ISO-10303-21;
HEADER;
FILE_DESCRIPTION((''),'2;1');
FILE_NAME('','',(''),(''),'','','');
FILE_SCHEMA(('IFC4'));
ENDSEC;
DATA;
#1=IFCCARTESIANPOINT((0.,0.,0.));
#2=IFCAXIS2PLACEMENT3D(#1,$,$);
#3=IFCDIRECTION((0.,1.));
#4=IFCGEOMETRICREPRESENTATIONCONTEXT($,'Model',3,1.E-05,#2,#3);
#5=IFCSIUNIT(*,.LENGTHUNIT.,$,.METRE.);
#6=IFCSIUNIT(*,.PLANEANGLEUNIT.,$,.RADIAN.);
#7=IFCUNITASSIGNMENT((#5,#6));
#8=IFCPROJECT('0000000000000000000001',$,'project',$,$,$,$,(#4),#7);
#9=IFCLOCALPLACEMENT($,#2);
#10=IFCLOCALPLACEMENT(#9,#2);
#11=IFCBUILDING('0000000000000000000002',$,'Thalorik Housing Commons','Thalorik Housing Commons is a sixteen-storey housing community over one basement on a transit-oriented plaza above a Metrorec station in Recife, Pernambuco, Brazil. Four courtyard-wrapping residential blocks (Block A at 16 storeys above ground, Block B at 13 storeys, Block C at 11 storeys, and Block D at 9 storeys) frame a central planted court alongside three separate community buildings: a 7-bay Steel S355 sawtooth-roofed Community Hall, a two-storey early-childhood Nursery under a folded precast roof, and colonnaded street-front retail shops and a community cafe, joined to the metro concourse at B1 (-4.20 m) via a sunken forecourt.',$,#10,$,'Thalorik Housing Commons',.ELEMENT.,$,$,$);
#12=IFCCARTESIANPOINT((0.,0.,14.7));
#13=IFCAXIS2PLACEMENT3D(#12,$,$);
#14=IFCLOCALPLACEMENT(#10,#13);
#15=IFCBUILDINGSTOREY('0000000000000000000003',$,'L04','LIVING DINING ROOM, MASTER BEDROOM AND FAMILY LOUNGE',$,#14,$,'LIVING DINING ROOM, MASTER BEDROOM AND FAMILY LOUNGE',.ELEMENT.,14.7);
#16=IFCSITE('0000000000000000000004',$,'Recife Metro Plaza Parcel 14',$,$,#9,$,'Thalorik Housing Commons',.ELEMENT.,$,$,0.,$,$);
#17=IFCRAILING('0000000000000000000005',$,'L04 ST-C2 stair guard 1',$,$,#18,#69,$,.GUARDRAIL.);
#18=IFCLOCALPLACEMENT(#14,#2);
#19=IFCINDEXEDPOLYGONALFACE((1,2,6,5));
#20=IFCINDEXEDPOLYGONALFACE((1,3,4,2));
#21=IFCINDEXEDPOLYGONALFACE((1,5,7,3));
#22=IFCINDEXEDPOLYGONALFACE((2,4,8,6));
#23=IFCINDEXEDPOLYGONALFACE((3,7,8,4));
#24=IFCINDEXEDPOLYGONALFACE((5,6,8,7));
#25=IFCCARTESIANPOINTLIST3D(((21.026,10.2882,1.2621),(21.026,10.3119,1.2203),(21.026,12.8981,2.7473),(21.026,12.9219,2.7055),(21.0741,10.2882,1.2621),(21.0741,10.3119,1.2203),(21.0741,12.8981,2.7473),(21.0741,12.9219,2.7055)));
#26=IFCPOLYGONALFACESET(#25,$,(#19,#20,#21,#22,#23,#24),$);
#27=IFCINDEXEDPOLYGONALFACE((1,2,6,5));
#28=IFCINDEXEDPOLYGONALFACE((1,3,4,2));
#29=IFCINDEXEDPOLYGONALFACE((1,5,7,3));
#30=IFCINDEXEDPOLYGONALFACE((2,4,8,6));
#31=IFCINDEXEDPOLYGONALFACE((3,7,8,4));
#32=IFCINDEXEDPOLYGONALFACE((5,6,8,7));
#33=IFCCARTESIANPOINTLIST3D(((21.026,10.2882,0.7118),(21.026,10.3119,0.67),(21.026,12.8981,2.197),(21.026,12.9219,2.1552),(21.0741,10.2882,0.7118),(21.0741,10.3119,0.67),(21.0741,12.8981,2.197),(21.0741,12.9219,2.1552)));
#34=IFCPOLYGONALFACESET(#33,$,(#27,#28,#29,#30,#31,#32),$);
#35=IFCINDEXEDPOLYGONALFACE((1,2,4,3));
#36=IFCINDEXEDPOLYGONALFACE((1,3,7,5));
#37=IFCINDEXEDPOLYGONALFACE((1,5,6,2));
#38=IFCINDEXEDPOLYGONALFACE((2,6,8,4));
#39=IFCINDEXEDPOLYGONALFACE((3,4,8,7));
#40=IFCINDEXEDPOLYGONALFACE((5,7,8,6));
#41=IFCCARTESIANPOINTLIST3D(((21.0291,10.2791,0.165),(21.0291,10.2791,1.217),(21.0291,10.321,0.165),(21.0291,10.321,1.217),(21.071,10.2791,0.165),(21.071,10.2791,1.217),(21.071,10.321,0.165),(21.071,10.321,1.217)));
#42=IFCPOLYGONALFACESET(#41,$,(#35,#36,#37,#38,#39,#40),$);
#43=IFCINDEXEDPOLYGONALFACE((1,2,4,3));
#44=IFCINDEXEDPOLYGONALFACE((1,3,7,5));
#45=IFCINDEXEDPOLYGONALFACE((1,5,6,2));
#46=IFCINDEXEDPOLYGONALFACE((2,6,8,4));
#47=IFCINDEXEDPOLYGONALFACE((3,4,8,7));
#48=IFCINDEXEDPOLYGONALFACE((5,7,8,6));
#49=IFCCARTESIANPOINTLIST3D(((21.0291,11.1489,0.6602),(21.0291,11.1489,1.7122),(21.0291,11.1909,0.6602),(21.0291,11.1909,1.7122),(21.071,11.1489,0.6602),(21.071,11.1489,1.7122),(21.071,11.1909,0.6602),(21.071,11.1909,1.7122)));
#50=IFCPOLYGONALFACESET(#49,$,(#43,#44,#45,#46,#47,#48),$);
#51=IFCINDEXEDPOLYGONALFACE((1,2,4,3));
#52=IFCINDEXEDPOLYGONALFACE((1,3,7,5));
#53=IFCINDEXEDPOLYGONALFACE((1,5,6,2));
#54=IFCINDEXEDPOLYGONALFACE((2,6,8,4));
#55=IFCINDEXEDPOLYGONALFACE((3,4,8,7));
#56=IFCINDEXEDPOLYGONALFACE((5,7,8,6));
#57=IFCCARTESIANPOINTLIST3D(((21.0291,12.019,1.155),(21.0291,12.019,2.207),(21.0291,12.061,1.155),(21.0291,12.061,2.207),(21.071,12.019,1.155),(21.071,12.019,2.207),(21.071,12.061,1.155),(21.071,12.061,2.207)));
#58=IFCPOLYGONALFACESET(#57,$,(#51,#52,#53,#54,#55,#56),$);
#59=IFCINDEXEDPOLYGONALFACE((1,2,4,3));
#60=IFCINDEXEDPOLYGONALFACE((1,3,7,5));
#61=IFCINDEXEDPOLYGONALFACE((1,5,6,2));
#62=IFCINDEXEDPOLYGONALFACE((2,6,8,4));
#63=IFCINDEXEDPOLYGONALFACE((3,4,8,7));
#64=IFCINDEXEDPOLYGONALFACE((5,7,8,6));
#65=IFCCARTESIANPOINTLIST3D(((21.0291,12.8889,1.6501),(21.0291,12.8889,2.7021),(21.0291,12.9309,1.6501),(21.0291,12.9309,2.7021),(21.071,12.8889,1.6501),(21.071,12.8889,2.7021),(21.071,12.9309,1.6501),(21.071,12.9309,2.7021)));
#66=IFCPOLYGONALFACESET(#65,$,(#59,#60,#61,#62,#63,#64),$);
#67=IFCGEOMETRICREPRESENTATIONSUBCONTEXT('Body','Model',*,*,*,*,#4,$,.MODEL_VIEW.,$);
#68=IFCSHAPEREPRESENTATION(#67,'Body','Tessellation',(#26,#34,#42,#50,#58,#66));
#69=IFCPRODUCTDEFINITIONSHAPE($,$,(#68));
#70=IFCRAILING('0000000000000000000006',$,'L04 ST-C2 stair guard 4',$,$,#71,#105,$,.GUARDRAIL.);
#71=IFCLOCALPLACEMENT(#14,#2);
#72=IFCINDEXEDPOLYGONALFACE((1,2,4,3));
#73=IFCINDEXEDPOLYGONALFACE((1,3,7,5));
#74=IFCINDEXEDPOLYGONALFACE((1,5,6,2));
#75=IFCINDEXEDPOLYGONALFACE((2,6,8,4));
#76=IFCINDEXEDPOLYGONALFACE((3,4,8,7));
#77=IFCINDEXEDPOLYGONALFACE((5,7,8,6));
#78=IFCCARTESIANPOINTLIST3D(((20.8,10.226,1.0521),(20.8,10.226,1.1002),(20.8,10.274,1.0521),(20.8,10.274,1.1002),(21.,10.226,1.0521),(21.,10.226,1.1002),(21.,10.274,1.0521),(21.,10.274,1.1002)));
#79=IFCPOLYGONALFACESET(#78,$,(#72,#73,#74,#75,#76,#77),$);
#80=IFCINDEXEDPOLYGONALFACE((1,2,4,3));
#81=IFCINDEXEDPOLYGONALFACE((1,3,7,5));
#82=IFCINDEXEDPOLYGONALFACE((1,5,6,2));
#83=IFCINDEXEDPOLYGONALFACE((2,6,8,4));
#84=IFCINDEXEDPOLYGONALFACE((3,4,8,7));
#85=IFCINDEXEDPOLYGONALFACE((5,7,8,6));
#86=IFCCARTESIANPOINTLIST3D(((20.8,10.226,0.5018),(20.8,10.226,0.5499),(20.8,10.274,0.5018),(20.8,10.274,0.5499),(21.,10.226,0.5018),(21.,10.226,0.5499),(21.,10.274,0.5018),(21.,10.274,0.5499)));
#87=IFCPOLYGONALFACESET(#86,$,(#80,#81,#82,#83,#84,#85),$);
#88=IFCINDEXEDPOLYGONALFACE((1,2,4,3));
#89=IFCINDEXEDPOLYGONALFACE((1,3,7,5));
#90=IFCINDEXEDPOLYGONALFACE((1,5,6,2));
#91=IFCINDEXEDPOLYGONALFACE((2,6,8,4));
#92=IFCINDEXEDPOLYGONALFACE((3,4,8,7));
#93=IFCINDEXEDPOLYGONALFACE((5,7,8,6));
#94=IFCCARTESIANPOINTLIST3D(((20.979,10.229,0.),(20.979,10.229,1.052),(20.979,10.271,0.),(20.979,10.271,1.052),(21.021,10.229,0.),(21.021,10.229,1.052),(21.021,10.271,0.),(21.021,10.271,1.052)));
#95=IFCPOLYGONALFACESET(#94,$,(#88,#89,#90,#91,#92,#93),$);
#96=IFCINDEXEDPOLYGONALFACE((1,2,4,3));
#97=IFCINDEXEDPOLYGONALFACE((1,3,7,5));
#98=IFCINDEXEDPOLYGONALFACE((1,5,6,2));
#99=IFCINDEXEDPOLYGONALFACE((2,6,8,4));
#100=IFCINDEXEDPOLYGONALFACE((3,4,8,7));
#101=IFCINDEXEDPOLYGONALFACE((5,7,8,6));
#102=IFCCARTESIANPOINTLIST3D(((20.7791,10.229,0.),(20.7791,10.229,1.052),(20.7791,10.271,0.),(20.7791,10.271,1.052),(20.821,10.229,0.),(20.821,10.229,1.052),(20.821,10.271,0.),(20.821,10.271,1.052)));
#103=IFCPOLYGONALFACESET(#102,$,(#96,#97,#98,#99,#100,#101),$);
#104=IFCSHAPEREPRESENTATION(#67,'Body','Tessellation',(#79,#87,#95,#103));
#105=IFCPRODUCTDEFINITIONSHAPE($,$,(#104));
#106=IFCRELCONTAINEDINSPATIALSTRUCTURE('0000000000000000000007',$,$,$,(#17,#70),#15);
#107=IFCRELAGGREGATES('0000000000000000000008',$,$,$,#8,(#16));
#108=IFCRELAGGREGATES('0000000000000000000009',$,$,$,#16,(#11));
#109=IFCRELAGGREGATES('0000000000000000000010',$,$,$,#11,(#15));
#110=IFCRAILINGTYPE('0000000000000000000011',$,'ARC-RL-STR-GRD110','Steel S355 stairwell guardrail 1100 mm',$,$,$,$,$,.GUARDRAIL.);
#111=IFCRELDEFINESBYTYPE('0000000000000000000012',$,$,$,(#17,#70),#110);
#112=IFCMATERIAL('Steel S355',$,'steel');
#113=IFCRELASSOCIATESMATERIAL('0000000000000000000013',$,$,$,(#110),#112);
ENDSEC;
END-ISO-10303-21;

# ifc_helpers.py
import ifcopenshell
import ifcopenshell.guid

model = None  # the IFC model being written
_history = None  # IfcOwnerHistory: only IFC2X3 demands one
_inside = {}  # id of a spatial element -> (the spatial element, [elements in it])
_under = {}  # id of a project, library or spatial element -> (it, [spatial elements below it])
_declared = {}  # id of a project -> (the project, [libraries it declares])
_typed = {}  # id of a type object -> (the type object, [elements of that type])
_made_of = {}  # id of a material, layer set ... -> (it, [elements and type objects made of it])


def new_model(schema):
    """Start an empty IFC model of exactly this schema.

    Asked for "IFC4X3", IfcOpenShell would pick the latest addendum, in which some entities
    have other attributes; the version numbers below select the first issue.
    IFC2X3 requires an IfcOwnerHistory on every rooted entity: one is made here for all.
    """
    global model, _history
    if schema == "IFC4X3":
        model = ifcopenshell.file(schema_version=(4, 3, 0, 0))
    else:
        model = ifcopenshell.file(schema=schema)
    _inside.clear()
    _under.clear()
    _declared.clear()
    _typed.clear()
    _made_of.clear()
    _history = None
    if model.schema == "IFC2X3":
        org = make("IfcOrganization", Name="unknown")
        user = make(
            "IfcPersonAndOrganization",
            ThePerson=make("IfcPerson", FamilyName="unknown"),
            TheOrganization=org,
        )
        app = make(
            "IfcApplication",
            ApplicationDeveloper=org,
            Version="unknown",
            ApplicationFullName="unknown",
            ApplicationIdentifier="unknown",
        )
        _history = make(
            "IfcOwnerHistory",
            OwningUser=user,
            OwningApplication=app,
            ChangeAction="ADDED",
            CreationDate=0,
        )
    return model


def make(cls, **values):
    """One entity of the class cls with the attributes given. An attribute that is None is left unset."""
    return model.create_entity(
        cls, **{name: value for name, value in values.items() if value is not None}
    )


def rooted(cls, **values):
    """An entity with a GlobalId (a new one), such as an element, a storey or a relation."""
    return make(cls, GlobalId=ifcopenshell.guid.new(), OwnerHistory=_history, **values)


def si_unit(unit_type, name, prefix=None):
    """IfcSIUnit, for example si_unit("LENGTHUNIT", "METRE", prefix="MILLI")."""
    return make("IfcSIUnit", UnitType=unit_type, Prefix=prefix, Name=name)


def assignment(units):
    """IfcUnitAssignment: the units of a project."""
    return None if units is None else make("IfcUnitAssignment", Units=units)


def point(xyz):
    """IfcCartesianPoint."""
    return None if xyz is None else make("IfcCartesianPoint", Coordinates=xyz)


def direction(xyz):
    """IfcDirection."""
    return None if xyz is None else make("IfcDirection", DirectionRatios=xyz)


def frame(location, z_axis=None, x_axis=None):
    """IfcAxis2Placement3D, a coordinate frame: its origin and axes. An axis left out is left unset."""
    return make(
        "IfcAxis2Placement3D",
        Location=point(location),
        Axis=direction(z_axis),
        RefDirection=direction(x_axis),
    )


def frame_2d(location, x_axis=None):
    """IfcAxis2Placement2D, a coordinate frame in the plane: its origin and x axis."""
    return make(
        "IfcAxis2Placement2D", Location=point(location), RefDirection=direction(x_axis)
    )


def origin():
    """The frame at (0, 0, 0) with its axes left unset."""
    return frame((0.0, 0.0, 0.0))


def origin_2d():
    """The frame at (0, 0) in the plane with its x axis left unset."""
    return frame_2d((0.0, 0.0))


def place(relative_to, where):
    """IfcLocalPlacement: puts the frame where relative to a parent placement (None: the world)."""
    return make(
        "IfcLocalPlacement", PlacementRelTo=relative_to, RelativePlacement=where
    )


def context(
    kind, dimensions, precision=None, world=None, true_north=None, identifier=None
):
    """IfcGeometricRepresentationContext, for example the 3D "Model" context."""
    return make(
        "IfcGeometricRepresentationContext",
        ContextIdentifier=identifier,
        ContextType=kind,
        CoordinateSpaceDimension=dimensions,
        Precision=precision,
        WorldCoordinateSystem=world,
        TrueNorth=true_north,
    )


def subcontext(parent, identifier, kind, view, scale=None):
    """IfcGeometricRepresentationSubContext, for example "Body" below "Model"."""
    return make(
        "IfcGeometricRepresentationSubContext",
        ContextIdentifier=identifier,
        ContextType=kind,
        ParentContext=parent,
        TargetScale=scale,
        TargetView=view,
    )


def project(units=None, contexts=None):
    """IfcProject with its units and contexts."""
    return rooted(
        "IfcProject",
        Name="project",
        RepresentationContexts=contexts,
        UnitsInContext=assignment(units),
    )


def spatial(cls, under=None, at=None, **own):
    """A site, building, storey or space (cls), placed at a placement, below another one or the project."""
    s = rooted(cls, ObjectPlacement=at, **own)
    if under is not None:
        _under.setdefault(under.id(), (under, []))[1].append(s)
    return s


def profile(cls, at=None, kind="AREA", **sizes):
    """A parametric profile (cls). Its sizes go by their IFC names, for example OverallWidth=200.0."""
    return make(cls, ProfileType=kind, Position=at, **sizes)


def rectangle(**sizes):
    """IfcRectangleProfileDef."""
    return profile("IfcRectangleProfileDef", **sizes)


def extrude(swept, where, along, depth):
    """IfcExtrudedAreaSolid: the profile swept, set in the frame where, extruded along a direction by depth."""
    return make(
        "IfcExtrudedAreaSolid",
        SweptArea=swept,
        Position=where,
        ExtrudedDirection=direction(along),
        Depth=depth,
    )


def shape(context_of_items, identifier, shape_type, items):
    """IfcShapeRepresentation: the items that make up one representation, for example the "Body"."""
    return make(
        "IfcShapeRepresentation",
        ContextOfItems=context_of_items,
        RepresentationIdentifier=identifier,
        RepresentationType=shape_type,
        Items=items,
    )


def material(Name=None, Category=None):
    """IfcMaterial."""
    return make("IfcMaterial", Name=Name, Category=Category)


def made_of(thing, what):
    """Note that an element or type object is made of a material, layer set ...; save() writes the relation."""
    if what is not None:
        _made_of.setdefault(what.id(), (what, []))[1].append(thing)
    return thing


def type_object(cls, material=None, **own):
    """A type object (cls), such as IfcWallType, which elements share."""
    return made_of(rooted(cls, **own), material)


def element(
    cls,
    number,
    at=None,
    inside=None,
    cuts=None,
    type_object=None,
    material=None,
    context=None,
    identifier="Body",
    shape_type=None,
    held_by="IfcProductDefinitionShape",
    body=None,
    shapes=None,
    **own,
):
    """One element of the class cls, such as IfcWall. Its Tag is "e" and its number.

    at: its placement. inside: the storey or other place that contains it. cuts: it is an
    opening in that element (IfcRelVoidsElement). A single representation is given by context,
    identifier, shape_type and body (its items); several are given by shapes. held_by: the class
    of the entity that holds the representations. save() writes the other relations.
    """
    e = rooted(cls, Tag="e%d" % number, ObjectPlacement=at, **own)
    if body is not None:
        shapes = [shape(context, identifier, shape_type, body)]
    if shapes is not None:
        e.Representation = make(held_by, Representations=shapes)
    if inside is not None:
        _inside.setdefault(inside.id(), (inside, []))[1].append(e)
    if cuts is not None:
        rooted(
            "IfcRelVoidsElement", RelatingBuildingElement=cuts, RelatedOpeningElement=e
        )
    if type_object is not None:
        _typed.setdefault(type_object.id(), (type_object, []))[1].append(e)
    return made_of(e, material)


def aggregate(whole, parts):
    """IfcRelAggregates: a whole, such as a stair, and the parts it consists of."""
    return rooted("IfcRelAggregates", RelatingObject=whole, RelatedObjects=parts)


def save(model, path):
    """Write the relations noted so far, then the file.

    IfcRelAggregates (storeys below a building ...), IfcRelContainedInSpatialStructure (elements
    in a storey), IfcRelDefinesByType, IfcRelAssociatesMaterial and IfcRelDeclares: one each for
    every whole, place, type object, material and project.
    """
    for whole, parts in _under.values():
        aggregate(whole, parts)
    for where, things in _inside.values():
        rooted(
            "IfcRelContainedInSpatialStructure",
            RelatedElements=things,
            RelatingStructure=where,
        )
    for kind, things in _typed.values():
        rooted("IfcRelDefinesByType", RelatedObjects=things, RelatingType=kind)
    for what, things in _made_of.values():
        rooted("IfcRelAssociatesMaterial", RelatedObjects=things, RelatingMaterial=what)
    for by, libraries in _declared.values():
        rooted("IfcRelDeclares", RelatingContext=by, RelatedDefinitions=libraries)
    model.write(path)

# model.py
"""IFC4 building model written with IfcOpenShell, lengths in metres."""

from ifc_helpers import new_model, si_unit, direction, frame, origin, origin_2d, place, context, subcontext, project, spatial, rectangle, extrude, material, type_object, element, save


model = new_model("IFC4")

# Units and contexts
model_context = context("Model", 3, precision=1e-05, world=origin(), true_north=direction((0.0, 1.0)))
body_context = subcontext(model_context, "Body", "Model", "MODEL_VIEW")
ifc_project = project(units=[si_unit("LENGTHUNIT", "METRE"), si_unit("PLANEANGLEUNIT", "RADIAN")], contexts=[model_context])

# Site, building, storey
site_placement = place(None, origin())
site = spatial("IfcSite", under=ifc_project, at=site_placement, Name="Recife Metro Plaza Parcel 14", LongName="Thalorik Housing Commons", CompositionType="ELEMENT", RefElevation=0.0)
building_placement = place(site_placement, origin())
building = spatial("IfcBuilding", under=site, at=building_placement, Name="Thalorik Housing Commons", Description="Thalorik Housing Commons is a sixteen-storey housing community over one basement on a transit-oriented plaza above a Metrorec station in Recife, Pernambuco, Brazil. Four courtyard-wrapping residential blocks (Block A at 16 storeys above ground, Block B at 13 storeys, Block C at 11 storeys, and Block D at 9 storeys) frame a central planted court alongside three separate community buildings: a 7-bay Steel S355 sawtooth-roofed Community Hall, a two-storey early-childhood Nursery under a folded precast roof, and colonnaded street-front retail shops and a community cafe, joined to the metro concourse at B1 (-4.20 m) via a sunken forecourt.", LongName="Thalorik Housing Commons", CompositionType="ELEMENT")
storey_placement = place(building_placement, frame((0.0, 0.0, 14.7)))
storey = spatial("IfcBuildingStorey", under=building, at=storey_placement, Name="L04", Description="LIVING DINING ROOM, MASTER BEDROOM AND FAMILY LOUNGE", LongName="LIVING DINING ROOM, MASTER BEDROOM AND FAMILY LOUNGE", CompositionType="ELEMENT", Elevation=14.7)

# Shared definitions
ifc_material_1 = material(Name="Steel S355", Category="steel")

# Railings
railing_type = type_object("IfcRailingType", Name="ARC-RL-STR-GRD110", Description="Steel S355 stairwell guardrail 1100 mm", PredefinedType="GUARDRAIL", material=ifc_material_1)
railing_1_placement = place(storey_placement, frame((21.05, 10.3, 0.165)))
element("IfcRailing", 1, at=railing_1_placement, inside=storey, type_object=railing_type, Name="L04 ST-C2 stair guard 1", PredefinedType="GUARDRAIL", context=body_context, shape_type="SweptSolid", body=[
    extrude(rectangle(XDim=0.0481, YDim=0.0481, at=origin_2d()), frame((0.0, 0.0, 1.0762), z_axis=(0.0, 0.869137, 0.494571), x_axis=(-1.0, 0.0, 0.0)), (0.0, 0.0, 1.0), 3.0029),
    extrude(rectangle(XDim=0.0481, YDim=0.0481, at=origin_2d()), frame((0.0, 0.0, 0.5259), z_axis=(0.0, 0.869137, 0.494571), x_axis=(-1.0, 0.0, 0.0)), (0.0, 0.0, 1.0), 3.0029),
    extrude(rectangle(XDim=0.042, YDim=0.042, at=origin_2d()), origin(), (0.0, 0.0, 1.0), 1.052),
    extrude(rectangle(XDim=0.042, YDim=0.042, at=origin_2d()), frame((0.0, 0.8699, 0.4951)), (0.0, 0.0, 1.0), 1.052),
    extrude(rectangle(XDim=0.042, YDim=0.042, at=origin_2d()), frame((0.0, 1.74, 0.99)), (0.0, 0.0, 1.0), 1.052),
    extrude(rectangle(XDim=0.042, YDim=0.042, at=origin_2d()), frame((0.0, 2.6099, 1.4851)), (0.0, 0.0, 1.0), 1.052),
])
railing_2_placement = place(storey_placement, frame((21.0, 10.25, 0.0)))
element("IfcRailing", 2, at=railing_2_placement, inside=storey, type_object=railing_type, Name="L04 ST-C2 stair guard 4", PredefinedType="GUARDRAIL", context=body_context, shape_type="SweptSolid", body=[
    extrude(rectangle(XDim=0.0481, YDim=0.0481, at=origin_2d()), frame((0.0, 0.0, 1.0762), z_axis=(-1.0, 0.0, 0.0), x_axis=(0.0, -1.0, 0.0)), (0.0, 0.0, 1.0), 0.2),
    extrude(rectangle(XDim=0.0481, YDim=0.0481, at=origin_2d()), frame((0.0, 0.0, 0.5259), z_axis=(-1.0, 0.0, 0.0), x_axis=(0.0, -1.0, 0.0)), (0.0, 0.0, 1.0), 0.2),
    extrude(rectangle(XDim=0.042, YDim=0.042, at=origin_2d()), origin(), (0.0, 0.0, 1.0), 1.052),
    extrude(rectangle(XDim=0.042, YDim=0.042, at=origin_2d()), frame((-0.2, 0.0, 0.0)), (0.0, 0.0, 1.0), 1.052),
])

save(model, "model.ifc")
